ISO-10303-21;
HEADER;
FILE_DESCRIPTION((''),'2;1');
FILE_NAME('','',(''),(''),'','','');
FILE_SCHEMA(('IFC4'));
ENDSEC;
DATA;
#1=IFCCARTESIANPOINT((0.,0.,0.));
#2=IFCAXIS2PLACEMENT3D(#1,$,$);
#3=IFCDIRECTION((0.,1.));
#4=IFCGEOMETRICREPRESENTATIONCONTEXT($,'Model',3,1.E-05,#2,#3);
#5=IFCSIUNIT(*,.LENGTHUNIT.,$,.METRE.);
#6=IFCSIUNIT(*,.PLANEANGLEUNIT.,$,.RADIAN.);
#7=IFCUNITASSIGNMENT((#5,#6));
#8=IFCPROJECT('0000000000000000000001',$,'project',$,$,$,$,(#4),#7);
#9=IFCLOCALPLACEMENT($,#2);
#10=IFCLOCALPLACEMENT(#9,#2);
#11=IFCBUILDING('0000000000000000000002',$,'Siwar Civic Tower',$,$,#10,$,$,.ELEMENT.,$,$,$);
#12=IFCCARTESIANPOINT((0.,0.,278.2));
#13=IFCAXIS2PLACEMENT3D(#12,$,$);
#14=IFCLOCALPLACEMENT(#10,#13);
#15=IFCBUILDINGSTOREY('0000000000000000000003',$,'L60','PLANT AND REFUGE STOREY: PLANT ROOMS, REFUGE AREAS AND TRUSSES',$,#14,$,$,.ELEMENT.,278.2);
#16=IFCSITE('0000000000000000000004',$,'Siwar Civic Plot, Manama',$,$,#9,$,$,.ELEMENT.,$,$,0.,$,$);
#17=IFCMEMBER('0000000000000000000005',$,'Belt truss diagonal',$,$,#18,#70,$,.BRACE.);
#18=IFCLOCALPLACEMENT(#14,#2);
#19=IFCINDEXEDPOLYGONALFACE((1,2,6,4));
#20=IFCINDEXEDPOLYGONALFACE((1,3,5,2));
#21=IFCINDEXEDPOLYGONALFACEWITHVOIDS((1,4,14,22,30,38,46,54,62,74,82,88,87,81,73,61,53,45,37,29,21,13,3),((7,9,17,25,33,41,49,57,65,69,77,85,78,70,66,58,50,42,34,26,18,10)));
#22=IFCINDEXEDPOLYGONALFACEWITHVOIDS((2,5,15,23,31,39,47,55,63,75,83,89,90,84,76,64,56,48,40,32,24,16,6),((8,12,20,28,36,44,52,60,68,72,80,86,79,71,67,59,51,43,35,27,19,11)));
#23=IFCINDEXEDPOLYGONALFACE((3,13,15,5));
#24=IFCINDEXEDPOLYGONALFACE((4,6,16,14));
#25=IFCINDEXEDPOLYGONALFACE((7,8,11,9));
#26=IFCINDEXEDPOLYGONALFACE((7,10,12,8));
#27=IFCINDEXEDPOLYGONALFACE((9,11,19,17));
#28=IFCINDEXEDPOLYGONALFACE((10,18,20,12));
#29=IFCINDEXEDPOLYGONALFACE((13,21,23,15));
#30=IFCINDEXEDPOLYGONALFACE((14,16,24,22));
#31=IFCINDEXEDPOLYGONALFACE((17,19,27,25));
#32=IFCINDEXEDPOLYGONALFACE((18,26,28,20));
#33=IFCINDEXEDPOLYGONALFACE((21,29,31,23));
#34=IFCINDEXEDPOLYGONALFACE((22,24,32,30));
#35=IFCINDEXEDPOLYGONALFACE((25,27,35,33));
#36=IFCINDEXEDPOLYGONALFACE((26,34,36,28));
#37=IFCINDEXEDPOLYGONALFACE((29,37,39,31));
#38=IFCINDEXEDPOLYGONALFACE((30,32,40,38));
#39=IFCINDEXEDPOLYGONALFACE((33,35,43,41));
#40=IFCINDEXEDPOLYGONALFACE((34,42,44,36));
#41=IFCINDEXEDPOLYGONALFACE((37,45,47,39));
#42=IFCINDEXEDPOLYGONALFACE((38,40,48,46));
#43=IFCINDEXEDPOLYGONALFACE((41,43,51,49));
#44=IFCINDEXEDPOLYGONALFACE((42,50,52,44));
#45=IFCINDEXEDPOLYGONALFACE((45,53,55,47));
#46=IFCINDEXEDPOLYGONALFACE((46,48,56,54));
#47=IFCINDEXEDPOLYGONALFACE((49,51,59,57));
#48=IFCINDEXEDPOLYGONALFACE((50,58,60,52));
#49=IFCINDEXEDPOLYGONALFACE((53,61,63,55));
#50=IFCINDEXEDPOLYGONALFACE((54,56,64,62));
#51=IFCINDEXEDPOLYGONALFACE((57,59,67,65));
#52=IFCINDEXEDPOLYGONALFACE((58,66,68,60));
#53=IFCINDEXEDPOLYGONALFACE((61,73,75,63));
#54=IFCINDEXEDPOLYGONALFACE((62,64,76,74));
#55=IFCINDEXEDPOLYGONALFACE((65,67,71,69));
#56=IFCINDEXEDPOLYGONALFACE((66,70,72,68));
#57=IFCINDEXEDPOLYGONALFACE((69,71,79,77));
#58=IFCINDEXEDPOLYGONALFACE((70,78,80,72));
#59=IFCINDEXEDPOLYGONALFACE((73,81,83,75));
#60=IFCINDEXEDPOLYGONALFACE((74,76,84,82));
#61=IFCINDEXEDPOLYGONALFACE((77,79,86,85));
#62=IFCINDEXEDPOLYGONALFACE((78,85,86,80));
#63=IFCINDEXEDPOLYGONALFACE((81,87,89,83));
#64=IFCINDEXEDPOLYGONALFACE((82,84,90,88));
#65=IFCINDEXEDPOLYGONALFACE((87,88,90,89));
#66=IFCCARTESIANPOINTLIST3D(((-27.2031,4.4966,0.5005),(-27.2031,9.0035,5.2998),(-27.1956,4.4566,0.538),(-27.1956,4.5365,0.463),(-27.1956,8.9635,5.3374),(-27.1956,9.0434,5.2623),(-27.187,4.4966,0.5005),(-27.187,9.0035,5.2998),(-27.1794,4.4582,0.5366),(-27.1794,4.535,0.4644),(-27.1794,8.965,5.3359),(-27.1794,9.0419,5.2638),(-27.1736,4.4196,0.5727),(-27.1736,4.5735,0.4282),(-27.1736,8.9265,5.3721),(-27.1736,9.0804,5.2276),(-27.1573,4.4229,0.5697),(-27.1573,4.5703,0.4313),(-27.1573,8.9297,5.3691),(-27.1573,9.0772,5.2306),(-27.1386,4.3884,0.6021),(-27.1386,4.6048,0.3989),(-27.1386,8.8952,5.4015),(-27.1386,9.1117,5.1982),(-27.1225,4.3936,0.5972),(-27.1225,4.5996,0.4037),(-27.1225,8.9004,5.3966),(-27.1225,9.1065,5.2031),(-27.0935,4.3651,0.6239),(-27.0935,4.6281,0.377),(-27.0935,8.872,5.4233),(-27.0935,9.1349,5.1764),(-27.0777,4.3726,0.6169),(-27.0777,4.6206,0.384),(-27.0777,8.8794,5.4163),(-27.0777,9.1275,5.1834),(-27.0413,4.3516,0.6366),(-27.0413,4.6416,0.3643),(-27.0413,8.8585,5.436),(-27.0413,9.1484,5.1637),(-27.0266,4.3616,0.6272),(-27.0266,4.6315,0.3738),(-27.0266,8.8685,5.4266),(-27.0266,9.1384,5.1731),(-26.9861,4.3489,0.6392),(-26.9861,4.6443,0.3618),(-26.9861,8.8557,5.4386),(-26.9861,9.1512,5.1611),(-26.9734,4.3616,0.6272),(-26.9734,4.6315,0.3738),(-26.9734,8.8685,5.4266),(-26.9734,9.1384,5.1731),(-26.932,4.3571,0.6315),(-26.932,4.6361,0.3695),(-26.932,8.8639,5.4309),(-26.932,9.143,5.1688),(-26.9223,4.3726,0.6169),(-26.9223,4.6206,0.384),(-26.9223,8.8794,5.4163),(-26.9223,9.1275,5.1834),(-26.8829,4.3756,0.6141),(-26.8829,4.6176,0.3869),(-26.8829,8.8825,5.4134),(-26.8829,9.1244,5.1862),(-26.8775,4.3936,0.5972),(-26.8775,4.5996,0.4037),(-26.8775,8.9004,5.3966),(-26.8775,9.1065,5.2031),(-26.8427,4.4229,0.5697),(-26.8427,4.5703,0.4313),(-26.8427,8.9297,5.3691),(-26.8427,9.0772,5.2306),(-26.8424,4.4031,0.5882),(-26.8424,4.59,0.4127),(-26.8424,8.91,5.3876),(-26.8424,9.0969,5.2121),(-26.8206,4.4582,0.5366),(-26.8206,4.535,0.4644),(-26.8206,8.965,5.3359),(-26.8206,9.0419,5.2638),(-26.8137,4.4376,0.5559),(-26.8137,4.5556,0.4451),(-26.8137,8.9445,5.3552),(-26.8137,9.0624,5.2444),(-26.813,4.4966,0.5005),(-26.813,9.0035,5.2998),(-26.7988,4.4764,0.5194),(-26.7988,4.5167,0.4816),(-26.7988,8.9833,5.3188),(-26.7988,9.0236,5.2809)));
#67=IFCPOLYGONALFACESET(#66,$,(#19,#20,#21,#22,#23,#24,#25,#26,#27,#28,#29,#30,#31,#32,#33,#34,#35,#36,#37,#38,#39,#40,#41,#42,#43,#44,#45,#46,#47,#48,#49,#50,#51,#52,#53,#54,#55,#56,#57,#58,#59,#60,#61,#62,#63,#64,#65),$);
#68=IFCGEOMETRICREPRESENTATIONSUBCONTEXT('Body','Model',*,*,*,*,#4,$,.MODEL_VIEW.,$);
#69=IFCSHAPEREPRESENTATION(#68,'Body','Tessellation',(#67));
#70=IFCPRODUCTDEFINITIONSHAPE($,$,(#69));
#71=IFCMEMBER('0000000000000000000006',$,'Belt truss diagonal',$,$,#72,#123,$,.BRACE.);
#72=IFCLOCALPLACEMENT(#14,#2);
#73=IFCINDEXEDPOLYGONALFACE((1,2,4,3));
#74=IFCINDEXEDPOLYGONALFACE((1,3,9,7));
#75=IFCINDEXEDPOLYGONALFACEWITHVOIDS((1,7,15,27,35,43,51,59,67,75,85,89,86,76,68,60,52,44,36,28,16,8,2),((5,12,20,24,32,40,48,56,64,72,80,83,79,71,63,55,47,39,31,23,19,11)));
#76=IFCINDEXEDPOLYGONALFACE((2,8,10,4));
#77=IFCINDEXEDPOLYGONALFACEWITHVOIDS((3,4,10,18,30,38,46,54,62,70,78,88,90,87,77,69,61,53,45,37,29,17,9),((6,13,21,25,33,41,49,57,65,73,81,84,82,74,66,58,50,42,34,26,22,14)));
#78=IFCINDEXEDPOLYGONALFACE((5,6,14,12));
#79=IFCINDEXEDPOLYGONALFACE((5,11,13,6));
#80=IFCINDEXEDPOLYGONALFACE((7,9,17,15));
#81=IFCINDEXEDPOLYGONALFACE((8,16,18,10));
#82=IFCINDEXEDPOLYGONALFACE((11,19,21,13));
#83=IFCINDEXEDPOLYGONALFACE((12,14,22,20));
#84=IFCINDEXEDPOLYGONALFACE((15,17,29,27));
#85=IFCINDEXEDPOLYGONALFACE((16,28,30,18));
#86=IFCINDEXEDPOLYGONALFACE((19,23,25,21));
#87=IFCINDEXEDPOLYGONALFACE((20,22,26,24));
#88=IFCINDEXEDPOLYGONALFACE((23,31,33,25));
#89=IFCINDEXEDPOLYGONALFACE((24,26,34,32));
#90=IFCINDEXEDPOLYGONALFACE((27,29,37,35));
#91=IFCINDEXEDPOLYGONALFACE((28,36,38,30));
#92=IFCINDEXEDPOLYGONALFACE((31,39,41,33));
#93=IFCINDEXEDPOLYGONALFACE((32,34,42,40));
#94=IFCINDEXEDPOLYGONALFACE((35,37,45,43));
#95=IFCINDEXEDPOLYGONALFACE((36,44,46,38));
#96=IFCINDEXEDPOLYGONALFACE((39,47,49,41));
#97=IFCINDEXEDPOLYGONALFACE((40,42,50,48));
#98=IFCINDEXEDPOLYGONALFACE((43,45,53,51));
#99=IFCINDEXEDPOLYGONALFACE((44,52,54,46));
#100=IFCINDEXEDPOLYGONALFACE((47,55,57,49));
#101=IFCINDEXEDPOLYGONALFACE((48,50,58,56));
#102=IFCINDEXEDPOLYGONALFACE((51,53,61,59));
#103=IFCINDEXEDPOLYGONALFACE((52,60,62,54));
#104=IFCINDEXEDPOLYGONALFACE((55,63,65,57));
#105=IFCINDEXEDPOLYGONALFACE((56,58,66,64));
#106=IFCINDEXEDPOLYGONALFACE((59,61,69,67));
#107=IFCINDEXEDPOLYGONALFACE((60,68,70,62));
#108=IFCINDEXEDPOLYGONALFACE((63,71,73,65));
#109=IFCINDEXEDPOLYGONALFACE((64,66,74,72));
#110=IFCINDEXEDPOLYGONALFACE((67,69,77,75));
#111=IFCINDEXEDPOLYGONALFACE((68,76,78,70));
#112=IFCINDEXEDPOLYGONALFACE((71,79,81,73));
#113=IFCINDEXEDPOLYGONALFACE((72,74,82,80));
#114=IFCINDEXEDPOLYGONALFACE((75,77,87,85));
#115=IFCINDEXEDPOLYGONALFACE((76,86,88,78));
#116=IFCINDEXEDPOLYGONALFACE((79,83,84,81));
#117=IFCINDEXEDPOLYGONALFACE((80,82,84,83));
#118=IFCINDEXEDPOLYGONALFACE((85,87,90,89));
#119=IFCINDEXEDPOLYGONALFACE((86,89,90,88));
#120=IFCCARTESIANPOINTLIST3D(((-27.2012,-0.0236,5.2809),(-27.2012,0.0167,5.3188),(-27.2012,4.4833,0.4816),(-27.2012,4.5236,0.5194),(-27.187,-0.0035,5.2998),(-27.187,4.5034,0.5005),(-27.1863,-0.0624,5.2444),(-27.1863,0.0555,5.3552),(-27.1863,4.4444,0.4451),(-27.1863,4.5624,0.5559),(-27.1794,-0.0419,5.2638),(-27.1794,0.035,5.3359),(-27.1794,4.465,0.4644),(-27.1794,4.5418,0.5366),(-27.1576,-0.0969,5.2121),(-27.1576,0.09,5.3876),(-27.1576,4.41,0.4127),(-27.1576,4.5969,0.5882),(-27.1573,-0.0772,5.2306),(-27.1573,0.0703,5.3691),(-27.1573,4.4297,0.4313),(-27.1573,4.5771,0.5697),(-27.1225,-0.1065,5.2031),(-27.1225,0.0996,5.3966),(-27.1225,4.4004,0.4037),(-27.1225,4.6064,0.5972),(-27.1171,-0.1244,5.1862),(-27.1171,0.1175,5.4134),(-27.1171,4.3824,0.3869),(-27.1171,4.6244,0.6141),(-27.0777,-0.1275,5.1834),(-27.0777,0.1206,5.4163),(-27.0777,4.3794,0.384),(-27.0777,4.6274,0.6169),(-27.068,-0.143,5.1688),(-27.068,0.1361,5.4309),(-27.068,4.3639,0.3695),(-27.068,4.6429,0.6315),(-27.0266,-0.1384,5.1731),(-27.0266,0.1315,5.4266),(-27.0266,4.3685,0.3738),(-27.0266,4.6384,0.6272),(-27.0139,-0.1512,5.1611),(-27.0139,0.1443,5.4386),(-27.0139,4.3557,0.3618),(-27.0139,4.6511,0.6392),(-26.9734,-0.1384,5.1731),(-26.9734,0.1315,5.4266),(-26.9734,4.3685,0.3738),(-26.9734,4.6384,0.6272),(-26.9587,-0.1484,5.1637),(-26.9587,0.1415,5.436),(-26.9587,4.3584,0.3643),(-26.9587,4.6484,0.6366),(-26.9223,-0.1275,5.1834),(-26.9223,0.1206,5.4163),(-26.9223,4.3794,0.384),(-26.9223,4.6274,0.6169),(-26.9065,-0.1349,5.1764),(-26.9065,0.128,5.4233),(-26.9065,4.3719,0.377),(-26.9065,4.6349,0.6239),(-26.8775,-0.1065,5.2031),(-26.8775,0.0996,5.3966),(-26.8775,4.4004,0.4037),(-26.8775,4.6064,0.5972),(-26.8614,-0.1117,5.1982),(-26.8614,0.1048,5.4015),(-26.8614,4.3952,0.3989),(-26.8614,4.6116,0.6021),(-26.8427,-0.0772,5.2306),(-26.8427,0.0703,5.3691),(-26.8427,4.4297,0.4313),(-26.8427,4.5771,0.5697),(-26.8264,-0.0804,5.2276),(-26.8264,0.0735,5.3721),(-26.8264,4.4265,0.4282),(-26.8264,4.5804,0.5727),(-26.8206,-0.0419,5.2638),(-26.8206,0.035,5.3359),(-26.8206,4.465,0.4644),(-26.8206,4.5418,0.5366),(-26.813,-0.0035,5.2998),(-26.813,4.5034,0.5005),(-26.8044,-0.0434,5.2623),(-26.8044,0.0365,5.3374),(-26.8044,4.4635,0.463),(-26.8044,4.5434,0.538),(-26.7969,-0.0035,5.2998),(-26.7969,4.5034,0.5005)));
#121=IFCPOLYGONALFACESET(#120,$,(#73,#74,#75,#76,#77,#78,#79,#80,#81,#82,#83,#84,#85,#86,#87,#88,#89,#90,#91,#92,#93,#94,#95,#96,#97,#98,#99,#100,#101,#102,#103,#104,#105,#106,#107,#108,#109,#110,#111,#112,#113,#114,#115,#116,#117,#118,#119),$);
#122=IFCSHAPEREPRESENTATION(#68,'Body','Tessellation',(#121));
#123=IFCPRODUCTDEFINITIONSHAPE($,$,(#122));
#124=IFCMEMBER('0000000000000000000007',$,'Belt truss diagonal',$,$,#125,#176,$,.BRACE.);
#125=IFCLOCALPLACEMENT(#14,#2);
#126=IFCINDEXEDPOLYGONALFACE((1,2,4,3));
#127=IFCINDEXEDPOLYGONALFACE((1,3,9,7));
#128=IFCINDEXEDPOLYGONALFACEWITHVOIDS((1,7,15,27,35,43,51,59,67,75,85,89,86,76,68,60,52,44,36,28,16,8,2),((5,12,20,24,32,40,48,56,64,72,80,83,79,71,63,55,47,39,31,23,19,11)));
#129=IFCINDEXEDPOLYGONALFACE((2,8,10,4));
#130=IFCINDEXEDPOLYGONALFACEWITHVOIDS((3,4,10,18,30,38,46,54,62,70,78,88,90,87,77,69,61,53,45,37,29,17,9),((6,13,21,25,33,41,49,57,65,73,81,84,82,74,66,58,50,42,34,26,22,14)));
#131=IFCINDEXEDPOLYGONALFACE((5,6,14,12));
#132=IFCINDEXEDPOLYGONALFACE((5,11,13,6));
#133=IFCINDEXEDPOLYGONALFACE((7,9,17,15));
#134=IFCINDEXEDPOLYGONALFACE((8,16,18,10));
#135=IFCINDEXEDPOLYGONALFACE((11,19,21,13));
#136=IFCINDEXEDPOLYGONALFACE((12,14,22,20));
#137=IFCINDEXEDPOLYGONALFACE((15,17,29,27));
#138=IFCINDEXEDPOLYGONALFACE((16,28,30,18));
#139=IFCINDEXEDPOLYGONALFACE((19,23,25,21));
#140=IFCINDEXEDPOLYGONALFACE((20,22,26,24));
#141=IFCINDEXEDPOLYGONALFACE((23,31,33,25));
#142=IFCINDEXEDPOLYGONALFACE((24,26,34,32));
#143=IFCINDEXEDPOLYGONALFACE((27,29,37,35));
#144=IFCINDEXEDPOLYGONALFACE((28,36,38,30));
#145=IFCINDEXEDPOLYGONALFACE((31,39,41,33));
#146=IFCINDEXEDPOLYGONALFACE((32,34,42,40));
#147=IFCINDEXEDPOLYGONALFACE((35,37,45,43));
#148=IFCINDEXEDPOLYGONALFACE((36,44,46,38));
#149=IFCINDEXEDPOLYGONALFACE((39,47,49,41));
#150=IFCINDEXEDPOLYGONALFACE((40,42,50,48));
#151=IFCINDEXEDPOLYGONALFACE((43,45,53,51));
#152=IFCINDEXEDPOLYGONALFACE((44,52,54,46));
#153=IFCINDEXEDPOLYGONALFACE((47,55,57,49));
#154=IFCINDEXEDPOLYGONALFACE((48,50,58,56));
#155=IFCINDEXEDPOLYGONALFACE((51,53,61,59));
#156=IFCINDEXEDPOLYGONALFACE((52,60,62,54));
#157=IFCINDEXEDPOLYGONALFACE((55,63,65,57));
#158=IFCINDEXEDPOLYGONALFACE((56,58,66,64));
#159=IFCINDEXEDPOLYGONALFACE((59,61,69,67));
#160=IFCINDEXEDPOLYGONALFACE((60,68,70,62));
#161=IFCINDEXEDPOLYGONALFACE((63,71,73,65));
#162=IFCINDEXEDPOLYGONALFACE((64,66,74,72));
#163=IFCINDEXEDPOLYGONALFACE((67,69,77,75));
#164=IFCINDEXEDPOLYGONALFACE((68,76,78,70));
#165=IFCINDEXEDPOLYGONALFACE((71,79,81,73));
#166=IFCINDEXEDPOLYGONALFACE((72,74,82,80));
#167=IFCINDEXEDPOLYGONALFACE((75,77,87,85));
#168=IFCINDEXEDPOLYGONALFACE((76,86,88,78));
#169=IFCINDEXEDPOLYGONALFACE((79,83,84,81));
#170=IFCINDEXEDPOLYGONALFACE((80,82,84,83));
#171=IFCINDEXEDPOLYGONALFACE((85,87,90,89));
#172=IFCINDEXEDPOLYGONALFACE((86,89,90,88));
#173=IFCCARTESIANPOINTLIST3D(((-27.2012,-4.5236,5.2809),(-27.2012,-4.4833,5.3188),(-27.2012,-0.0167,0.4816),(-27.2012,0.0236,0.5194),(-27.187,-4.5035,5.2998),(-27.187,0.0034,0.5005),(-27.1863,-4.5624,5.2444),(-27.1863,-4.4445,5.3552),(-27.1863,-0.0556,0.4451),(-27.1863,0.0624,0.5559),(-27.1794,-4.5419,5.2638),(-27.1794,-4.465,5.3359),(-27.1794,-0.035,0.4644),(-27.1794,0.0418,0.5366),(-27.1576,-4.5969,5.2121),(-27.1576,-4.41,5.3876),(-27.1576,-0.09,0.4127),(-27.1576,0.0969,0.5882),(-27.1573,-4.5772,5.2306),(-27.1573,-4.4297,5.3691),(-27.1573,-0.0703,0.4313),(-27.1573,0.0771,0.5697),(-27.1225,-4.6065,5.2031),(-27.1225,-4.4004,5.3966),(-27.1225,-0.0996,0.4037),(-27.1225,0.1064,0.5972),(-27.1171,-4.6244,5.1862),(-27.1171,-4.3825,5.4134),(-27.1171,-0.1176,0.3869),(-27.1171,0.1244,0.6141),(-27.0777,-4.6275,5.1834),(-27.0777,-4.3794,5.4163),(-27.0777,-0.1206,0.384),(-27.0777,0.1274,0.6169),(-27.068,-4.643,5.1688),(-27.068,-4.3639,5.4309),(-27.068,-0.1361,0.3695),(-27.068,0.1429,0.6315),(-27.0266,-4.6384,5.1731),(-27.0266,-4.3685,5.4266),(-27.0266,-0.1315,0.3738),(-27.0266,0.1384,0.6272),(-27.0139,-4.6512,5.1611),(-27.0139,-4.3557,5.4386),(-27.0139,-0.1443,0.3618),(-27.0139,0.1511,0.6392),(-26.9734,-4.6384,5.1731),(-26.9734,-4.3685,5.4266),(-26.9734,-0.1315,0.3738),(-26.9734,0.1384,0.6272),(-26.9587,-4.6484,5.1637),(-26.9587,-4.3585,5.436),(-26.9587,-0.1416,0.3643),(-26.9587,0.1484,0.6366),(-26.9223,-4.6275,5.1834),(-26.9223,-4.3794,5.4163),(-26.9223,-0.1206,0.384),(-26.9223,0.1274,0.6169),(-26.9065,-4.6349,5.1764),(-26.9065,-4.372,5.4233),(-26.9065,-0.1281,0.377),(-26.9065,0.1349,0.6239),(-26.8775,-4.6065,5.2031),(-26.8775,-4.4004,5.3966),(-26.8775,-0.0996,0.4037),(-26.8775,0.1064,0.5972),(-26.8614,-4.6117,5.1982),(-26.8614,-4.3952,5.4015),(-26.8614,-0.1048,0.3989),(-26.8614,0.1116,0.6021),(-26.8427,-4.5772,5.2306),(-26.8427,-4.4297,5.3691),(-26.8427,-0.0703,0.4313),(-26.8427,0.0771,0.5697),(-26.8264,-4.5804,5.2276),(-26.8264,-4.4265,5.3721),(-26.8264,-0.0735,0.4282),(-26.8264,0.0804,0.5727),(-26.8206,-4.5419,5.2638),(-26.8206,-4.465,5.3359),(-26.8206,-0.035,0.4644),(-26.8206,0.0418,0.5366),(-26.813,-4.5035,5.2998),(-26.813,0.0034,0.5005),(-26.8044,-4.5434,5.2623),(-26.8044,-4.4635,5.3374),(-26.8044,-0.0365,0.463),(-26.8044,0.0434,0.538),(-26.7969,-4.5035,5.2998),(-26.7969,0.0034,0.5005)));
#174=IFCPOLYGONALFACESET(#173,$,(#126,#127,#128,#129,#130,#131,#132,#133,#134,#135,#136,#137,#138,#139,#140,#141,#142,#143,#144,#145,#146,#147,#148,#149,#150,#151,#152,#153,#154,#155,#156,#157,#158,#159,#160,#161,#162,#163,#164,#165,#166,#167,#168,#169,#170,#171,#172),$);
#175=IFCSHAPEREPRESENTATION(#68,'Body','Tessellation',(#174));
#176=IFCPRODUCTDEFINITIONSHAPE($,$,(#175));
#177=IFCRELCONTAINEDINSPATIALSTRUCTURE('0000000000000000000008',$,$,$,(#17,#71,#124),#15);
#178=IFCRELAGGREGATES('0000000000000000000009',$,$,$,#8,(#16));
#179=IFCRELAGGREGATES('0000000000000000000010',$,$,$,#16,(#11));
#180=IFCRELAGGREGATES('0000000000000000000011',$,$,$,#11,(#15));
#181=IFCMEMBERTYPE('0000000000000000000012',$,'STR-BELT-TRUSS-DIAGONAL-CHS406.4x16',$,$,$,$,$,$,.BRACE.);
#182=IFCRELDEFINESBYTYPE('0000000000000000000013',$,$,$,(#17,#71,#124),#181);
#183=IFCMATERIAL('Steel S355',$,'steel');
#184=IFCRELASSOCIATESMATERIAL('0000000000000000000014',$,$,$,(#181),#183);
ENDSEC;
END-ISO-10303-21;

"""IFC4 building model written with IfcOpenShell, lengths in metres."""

from ifc_helpers import new_model, si_unit, direction, frame, origin, origin_2d, place, context, subcontext, project, spatial, hollow_circle, extrude, material, material_profile, profile_set, type_object, element, save


model = new_model("IFC4")

# Units and contexts
model_context = context("Model", 3, precision=1e-05, world=origin(), true_north=direction((0.0, 1.0)))
body_context = subcontext(model_context, "Body", "Model", "MODEL_VIEW")
ifc_project = project(units=[si_unit("LENGTHUNIT", "METRE"), si_unit("PLANEANGLEUNIT", "RADIAN")], contexts=[model_context])

# Site, building, storey
site_placement = place(None, origin())
site = spatial("IfcSite", under=ifc_project, at=site_placement, Name="Siwar Civic Plot, Manama", CompositionType="ELEMENT", RefElevation=0.0)
building_placement = place(site_placement, origin())
building = spatial("IfcBuilding", under=site, at=building_placement, Name="Siwar Civic Tower", CompositionType="ELEMENT")
storey_placement = place(building_placement, frame((0.0, 0.0, 278.2)))
storey = spatial("IfcBuildingStorey", under=building, at=storey_placement, Name="L60", Description="PLANT AND REFUGE STOREY: PLANT ROOMS, REFUGE AREAS AND TRUSSES", CompositionType="ELEMENT", Elevation=278.2)

# Members
ifc_material_1 = material(Name="Steel S355", Category="steel")
ifc_material_profile_1 = material_profile(ifc_material_1, hollow_circle(Radius=0.2031, WallThickness=0.0161, at=origin_2d()), Name="CHS406.4x16")
ifc_profile_set_1 = profile_set([ifc_material_profile_1], Name="Steel S355")
member_type_1 = type_object("IfcMemberType", Name="STR-BELT-TRUSS-DIAGONAL-CHS406.4x16", PredefinedType="BRACE", material=ifc_profile_set_1)
for number, where, z_axis, x_axis, name in (
    (1, (-27.0, 4.4966, 0.5005), (0.0, 0.684545, 0.72897), (-1.0, 0.0, 0.0), "Belt truss diagonal"),
    (2, (-27.0, 4.5034, 0.5005), (0.0, -0.684545, 0.72897), (1.0, 0.0, 0.0), "Belt truss diagonal"),
    (3, (-27.0, 0.0034, 0.5005), (0.0, -0.684545, 0.72897), (1.0, 0.0, 0.0), "Belt truss diagonal"),
):
    element("IfcMember", number, at=place(storey_placement, frame(where, z_axis=z_axis, x_axis=x_axis)), inside=storey, type_object=member_type_1, Name=name, PredefinedType="BRACE", context=body_context, shape_type="SweptSolid", body=[
        extrude(hollow_circle(Radius=0.2031, WallThickness=0.0161, at=origin_2d()), origin(), (0.0, 0.0, 1.0), 6.5837),
    ])

save(model, "model.ifc")
